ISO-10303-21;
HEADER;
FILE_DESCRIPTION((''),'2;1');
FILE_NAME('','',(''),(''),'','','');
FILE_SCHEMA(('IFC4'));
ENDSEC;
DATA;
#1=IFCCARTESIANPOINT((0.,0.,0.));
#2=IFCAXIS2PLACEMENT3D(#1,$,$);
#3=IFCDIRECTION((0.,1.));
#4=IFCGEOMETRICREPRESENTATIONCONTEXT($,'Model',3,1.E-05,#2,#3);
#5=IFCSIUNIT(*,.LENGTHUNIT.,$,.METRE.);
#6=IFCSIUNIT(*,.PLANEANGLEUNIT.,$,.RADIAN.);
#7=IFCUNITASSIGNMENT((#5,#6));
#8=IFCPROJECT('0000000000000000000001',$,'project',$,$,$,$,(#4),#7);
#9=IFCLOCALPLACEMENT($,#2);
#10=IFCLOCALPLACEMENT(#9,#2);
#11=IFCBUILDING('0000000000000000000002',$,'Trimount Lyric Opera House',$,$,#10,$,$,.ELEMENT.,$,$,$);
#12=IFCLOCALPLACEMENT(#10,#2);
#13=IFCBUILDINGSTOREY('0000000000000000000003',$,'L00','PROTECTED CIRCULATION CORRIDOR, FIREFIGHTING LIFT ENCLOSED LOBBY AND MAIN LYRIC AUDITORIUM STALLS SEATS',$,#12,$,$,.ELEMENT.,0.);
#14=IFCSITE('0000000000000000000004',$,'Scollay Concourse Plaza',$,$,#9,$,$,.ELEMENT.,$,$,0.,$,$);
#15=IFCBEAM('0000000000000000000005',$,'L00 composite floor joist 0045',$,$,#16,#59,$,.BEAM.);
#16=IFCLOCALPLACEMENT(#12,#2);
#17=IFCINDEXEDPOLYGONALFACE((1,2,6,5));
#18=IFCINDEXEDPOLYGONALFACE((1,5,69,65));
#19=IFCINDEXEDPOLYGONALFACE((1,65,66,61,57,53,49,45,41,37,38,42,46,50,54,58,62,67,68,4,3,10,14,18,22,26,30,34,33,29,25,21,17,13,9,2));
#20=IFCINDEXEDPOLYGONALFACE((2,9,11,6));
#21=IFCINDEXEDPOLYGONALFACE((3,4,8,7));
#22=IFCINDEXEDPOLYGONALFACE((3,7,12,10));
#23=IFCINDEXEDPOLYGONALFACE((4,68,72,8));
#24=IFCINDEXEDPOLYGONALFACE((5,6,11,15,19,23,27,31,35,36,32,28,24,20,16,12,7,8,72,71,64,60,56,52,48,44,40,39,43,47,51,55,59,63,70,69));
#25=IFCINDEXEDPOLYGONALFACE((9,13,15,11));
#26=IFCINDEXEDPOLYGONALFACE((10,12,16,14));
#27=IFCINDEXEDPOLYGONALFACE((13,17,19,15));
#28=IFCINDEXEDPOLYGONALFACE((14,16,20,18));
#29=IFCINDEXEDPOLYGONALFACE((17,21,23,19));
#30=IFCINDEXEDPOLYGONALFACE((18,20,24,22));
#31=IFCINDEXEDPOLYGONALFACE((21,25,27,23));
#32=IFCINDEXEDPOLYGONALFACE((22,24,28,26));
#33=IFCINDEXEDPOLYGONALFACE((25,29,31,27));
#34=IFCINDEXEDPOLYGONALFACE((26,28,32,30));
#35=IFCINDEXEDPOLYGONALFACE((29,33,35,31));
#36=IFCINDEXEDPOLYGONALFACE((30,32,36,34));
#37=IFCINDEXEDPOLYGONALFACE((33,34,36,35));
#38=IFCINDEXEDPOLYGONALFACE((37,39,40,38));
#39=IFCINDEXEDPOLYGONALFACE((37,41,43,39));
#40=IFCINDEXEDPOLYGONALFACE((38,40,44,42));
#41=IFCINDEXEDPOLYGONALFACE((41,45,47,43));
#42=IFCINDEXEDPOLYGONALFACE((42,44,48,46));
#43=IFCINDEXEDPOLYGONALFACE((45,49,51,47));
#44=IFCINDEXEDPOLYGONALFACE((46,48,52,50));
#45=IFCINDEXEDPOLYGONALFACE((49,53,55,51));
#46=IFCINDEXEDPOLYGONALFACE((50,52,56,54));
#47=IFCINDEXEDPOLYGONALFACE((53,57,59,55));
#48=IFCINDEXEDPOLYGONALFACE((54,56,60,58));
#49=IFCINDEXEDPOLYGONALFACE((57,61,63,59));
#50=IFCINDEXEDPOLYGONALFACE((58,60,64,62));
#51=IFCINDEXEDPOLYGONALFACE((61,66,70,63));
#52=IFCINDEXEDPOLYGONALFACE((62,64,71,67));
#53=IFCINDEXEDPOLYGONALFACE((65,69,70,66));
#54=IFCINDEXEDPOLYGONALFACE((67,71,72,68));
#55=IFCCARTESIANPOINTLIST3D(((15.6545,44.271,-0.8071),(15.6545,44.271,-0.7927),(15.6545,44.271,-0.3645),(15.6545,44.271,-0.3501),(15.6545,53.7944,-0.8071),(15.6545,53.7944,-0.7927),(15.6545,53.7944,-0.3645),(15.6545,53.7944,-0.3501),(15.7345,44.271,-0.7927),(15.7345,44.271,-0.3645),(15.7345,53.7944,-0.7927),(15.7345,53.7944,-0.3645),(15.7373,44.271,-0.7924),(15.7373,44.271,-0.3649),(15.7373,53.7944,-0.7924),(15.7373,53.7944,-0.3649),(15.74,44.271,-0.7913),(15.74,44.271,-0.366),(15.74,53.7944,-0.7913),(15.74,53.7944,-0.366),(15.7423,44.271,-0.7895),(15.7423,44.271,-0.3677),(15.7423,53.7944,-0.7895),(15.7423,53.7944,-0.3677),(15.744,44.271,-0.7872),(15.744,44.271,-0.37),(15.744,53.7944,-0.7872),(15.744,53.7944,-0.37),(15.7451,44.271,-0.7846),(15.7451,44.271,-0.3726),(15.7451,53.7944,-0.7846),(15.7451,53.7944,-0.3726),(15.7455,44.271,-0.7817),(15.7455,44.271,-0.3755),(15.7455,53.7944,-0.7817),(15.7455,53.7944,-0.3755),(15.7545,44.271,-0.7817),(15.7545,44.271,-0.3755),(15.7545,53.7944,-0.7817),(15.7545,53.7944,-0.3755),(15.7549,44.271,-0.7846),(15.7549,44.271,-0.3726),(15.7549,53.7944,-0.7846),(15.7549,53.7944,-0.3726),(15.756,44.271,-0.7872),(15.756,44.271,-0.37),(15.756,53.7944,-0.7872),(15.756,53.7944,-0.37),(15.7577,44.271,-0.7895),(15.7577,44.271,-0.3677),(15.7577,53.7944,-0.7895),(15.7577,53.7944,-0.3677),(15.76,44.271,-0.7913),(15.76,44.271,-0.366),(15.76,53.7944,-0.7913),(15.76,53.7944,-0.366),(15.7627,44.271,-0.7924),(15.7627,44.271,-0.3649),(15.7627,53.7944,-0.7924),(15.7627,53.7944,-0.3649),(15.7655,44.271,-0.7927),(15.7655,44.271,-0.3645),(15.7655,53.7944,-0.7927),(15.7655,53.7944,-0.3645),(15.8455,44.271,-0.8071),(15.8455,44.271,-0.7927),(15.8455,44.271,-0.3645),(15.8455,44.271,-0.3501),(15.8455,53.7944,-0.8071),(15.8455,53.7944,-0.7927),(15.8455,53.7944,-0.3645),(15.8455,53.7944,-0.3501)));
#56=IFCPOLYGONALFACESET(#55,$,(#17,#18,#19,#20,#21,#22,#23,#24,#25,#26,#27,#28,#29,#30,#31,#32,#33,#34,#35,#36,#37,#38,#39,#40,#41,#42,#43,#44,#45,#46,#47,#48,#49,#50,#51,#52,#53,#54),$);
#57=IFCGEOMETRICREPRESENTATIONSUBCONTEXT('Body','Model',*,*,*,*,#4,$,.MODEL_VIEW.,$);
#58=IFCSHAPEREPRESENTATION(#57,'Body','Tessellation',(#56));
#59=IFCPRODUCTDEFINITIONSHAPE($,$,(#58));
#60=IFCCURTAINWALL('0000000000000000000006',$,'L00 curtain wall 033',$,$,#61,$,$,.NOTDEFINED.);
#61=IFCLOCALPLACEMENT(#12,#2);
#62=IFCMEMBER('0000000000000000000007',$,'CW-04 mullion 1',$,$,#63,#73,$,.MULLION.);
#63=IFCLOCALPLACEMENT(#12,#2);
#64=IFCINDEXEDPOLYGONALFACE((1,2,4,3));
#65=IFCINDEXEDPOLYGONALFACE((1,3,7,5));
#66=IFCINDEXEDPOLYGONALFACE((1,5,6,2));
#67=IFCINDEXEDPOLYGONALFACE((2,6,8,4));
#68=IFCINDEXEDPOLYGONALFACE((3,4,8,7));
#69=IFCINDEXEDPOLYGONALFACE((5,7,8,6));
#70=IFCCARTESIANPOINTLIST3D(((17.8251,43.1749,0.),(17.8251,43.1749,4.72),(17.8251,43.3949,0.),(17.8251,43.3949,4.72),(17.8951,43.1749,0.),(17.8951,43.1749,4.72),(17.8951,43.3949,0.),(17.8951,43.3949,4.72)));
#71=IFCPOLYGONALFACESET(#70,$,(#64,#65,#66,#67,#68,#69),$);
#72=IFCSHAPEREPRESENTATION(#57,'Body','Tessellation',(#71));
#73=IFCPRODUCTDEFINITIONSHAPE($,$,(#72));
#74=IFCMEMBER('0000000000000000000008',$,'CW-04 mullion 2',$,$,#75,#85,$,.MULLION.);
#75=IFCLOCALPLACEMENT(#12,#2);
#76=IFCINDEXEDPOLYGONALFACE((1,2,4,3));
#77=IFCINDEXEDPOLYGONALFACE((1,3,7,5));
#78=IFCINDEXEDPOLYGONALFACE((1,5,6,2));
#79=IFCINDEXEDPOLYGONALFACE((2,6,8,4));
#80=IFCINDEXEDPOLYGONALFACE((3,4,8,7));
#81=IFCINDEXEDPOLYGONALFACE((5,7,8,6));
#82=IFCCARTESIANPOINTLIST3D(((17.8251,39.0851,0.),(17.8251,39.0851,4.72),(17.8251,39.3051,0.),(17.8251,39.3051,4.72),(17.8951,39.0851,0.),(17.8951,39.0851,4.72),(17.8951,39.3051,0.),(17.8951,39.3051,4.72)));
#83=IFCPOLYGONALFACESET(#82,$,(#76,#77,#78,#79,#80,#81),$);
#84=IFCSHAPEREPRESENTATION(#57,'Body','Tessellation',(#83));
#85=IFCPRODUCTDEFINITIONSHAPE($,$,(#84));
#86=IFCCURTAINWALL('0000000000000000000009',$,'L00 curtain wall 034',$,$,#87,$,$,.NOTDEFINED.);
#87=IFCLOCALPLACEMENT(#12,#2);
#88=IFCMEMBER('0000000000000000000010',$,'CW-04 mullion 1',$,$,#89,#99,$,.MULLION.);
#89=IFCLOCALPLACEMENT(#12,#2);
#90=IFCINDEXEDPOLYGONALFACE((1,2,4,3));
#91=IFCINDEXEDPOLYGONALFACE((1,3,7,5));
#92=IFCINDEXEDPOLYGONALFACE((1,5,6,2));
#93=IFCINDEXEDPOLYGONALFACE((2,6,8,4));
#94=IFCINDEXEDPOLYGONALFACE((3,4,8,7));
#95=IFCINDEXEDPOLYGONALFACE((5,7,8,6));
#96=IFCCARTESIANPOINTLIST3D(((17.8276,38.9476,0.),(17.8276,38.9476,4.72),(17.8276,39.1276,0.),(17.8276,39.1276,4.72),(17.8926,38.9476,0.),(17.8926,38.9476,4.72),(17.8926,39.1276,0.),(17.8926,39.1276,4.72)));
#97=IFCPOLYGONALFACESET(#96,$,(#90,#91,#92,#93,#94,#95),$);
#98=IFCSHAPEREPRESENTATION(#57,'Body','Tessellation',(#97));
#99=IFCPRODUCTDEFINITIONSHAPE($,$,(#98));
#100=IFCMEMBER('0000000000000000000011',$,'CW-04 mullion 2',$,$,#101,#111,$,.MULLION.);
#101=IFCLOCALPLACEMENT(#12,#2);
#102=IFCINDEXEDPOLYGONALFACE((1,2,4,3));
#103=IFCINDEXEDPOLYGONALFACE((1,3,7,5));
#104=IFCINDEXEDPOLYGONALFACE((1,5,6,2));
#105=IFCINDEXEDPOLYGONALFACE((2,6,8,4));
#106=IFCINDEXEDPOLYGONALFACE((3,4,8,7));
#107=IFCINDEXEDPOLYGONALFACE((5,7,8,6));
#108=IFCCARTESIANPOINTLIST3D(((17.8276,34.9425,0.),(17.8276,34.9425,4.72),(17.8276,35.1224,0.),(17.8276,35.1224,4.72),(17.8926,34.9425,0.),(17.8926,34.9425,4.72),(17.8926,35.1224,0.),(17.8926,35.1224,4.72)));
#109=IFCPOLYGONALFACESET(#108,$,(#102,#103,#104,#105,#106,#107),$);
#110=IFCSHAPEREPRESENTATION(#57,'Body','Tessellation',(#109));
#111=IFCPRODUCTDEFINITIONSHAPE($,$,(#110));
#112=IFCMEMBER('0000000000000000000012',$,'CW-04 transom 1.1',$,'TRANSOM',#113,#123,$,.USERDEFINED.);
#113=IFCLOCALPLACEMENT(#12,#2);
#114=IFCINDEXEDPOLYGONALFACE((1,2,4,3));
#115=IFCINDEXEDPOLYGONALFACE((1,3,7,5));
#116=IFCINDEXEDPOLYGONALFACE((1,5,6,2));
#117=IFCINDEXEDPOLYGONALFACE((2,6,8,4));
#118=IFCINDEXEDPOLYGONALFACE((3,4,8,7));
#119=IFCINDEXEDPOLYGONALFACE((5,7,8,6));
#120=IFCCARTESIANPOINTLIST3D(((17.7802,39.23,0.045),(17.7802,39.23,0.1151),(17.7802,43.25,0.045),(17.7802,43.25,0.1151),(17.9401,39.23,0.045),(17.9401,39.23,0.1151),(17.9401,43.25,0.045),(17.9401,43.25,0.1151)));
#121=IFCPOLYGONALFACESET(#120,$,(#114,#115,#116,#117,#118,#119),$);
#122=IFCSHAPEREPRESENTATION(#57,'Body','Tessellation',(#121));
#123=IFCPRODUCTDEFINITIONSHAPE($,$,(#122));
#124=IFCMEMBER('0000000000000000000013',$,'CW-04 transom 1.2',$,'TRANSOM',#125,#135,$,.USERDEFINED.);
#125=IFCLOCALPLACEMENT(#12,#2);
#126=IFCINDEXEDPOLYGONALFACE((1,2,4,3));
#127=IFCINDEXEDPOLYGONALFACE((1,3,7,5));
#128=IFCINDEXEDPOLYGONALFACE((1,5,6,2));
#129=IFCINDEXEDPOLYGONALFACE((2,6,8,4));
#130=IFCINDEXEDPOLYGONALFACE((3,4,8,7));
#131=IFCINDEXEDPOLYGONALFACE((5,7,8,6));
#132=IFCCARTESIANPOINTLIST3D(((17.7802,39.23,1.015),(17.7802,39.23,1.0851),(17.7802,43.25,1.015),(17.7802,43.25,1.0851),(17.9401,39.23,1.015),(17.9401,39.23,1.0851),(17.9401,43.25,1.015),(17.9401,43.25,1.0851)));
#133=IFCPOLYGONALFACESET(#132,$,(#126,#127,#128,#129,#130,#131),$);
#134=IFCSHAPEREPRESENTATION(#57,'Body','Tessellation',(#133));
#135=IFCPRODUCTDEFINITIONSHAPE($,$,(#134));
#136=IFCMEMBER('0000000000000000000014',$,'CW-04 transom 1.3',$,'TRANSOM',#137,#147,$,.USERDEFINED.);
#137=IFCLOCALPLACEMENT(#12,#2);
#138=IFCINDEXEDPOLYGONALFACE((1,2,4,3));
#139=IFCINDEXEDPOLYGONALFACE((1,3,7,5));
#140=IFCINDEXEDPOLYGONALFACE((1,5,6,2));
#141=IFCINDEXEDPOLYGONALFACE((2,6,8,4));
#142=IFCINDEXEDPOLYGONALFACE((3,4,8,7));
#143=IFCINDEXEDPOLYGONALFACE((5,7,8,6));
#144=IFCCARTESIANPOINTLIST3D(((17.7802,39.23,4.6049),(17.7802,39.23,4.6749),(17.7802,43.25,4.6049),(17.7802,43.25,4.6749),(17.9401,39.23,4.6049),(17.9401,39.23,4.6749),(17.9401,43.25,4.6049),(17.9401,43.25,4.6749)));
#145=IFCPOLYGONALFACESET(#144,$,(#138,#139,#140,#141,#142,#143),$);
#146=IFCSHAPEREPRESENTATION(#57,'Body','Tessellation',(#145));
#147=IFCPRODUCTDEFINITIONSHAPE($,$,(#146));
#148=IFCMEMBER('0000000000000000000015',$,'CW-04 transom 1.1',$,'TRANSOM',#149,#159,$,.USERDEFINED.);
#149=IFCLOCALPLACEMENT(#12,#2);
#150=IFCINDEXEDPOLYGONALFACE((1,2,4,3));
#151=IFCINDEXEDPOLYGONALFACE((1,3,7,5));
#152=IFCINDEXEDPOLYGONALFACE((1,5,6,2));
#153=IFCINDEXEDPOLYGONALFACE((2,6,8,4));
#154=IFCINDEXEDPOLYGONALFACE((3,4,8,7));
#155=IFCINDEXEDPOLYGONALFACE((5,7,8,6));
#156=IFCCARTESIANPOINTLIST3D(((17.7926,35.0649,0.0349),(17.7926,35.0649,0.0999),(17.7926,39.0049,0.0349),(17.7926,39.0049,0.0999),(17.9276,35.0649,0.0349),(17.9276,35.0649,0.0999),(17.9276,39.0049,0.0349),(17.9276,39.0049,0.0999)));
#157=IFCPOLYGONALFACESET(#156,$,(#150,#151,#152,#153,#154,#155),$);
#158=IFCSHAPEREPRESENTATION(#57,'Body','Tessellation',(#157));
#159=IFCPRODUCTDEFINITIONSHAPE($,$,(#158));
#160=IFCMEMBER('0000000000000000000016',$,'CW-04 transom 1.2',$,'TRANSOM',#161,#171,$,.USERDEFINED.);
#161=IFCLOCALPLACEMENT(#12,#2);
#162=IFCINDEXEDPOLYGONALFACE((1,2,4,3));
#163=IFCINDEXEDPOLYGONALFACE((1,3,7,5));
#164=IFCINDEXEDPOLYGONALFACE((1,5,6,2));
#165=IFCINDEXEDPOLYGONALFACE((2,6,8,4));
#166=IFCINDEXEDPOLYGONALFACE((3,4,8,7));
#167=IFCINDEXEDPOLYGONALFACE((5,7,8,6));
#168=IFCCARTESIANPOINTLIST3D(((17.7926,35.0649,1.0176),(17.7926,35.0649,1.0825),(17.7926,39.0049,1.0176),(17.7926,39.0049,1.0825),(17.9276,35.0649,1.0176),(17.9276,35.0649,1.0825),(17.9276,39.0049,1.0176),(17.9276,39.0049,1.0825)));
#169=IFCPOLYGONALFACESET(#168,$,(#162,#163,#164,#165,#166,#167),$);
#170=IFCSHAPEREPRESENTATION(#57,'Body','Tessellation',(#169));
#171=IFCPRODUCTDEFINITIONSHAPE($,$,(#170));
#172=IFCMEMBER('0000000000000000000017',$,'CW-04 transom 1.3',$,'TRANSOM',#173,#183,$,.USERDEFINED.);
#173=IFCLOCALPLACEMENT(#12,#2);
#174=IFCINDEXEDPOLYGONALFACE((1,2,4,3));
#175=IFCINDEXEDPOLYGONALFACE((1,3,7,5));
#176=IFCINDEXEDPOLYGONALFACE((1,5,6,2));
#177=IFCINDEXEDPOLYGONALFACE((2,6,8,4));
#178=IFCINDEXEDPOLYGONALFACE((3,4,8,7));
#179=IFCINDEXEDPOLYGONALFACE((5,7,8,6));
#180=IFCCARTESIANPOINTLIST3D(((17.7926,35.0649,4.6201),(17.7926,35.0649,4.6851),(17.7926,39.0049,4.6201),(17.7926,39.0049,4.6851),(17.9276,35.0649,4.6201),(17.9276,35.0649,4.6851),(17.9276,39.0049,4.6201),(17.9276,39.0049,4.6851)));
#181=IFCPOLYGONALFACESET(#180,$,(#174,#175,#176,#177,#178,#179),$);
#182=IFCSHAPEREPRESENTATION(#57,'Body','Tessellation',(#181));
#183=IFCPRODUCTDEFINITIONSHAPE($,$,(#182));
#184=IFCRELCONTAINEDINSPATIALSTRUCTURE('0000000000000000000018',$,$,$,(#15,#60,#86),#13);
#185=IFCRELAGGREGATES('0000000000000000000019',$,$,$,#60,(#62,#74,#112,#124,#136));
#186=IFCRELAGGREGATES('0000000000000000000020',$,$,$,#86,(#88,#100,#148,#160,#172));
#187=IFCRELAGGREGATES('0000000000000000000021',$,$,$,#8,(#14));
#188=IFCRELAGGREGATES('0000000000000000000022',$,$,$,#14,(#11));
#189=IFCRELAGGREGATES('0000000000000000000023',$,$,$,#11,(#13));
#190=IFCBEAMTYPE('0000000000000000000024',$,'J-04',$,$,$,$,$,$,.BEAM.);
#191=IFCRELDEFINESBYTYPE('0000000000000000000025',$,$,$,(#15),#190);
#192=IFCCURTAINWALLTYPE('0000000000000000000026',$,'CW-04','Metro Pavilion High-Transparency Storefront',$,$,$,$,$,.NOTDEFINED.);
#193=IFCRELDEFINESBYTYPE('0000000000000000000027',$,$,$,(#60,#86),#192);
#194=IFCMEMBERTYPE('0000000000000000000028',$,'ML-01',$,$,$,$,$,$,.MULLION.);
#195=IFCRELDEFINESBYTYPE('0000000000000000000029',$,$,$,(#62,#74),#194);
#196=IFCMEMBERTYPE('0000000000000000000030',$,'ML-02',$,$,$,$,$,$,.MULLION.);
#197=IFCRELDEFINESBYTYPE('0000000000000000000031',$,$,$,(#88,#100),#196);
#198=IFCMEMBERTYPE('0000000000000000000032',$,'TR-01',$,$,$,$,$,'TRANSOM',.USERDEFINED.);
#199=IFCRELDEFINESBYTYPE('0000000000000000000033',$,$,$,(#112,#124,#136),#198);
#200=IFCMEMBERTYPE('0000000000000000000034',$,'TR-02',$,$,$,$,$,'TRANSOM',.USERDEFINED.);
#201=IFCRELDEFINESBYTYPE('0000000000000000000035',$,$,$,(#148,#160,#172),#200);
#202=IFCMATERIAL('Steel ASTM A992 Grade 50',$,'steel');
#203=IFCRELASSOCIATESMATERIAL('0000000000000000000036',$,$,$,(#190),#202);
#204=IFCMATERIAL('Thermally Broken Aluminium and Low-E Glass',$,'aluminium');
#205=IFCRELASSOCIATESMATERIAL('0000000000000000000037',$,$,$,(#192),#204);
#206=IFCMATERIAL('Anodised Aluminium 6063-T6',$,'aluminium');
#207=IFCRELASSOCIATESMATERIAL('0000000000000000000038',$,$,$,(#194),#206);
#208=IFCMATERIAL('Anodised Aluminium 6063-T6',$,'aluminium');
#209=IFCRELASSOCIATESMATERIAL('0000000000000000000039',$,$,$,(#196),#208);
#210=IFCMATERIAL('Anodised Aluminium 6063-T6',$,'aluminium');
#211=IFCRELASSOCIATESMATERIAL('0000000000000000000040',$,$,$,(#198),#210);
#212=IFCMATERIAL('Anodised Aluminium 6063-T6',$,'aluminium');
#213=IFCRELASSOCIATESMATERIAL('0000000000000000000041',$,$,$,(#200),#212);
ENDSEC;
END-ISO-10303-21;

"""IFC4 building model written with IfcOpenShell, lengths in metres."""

from ifc_helpers import new_model, si_unit, direction, frame, origin, origin_2d, place, context, subcontext, project, spatial, rectangle, i_section, extrude, material, material_profile, profile_set, type_object, element, aggregate, save


model = new_model("IFC4")

# Units and contexts
model_context = context("Model", 3, precision=1e-05, world=origin(), true_north=direction((0.0, 1.0)))
body_context = subcontext(model_context, "Body", "Model", "MODEL_VIEW")
ifc_project = project(units=[si_unit("LENGTHUNIT", "METRE"), si_unit("PLANEANGLEUNIT", "RADIAN")], contexts=[model_context])

# Site, building, storey
site_placement = place(None, origin())
site = spatial("IfcSite", under=ifc_project, at=site_placement, Name="Scollay Concourse Plaza", CompositionType="ELEMENT", RefElevation=0.0)
building_placement = place(site_placement, origin())
building = spatial("IfcBuilding", under=site, at=building_placement, Name="Trimount Lyric Opera House", CompositionType="ELEMENT")
storey_placement = place(building_placement, origin())
storey = spatial("IfcBuildingStorey", under=building, at=storey_placement, Name="L00", Description="PROTECTED CIRCULATION CORRIDOR, FIREFIGHTING LIFT ENCLOSED LOBBY AND MAIN LYRIC AUDITORIUM STALLS SEATS", CompositionType="ELEMENT", Elevation=0.0)

# Beam
ifc_material_1 = material(Name="Steel ASTM A992 Grade 50", Category="steel")
ifc_material_profile_1 = material_profile(ifc_material_1, i_section(OverallWidth=0.1909, OverallDepth=0.457, WebThickness=0.009, FlangeThickness=0.0144, FilletRadius=0.011, at=origin_2d()), Name="W18X50")
ifc_profile_set_1 = profile_set([ifc_material_profile_1], Name="Steel ASTM A992 Grade 50")
beam_type_1 = type_object("IfcBeamType", Name="J-04", PredefinedType="BEAM", material=ifc_profile_set_1)
beam_1_placement = place(storey_placement, frame((15.75, 44.271, -0.5786), z_axis=(0.0, 1.0, 0.0), x_axis=(-1.0, 0.0, 0.0)))
element("IfcBeam", 1, at=beam_1_placement, inside=storey, type_object=beam_type_1, Name="L00 composite floor joist 0045", PredefinedType="BEAM", context=body_context, shape_type="SweptSolid", body=[
    extrude(i_section(OverallWidth=0.1909, OverallDepth=0.457, WebThickness=0.009, FlangeThickness=0.0144, FilletRadius=0.011, at=origin_2d()), origin(), (0.0, 0.0, 1.0), 9.5234),
])

# Curtain walls, members
ifc_material_2 = material(Name="Thermally Broken Aluminium and Low-E Glass", Category="aluminium")
curtain_wall_type = type_object("IfcCurtainWallType", Name="CW-04", Description="Metro Pavilion High-Transparency Storefront", PredefinedType="NOTDEFINED", material=ifc_material_2)
curtain_wall_1_placement = place(storey_placement, origin())
curtain_wall_1 = element("IfcCurtainWall", 2, at=curtain_wall_1_placement, inside=storey, type_object=curtain_wall_type, Name="L00 curtain wall 033", PredefinedType="NOTDEFINED")
ifc_material_3 = material(Name="Anodised Aluminium 6063-T6", Category="aluminium")
ifc_material_profile_2 = material_profile(ifc_material_3, rectangle(XDim=0.0701, YDim=0.22, at=origin_2d()), Name="ALU-MULL-70X220")
ifc_profile_set_2 = profile_set([ifc_material_profile_2], Name="Anodised Aluminium 6063-T6")
member_type_1 = type_object("IfcMemberType", Name="ML-01", PredefinedType="MULLION", material=ifc_profile_set_2)
member_1_placement = place(storey_placement, frame((17.8601, 43.2849, 0.0), z_axis=(0.0, 0.0, 1.0), x_axis=(1.0, 0.0, 0.0)))
member_1 = element("IfcMember", 3, at=member_1_placement, type_object=member_type_1, Name="CW-04 mullion 1", PredefinedType="MULLION", context=body_context, shape_type="SweptSolid", body=[
    extrude(rectangle(XDim=0.0701, YDim=0.22, at=origin_2d()), origin(), (0.0, 0.0, 1.0), 4.72),
])
member_2_placement = place(storey_placement, frame((17.8601, 39.1951, 0.0), z_axis=(0.0, 0.0, 1.0), x_axis=(1.0, 0.0, 0.0)))
member_2 = element("IfcMember", 4, at=member_2_placement, type_object=member_type_1, Name="CW-04 mullion 2", PredefinedType="MULLION", context=body_context, shape_type="SweptSolid", body=[
    extrude(rectangle(XDim=0.0701, YDim=0.22, at=origin_2d()), origin(), (0.0, 0.0, 1.0), 4.72),
])
curtain_wall_2_placement = place(storey_placement, origin())
curtain_wall_2 = element("IfcCurtainWall", 5, at=curtain_wall_2_placement, inside=storey, type_object=curtain_wall_type, Name="L00 curtain wall 034", PredefinedType="NOTDEFINED")
ifc_material_4 = material(Name="Anodised Aluminium 6063-T6", Category="aluminium")
ifc_material_profile_3 = material_profile(ifc_material_4, rectangle(XDim=0.0649, YDim=0.1799, at=origin_2d()), Name="ALU-MULL-65X180")
ifc_profile_set_3 = profile_set([ifc_material_profile_3], Name="Anodised Aluminium 6063-T6")
member_type_2 = type_object("IfcMemberType", Name="ML-02", PredefinedType="MULLION", material=ifc_profile_set_3)
member_3_placement = place(storey_placement, frame((17.8601, 39.0376, 0.0), z_axis=(0.0, 0.0, 1.0), x_axis=(1.0, 0.0, 0.0)))
member_3 = element("IfcMember", 6, at=member_3_placement, type_object=member_type_2, Name="CW-04 mullion 1", PredefinedType="MULLION", context=body_context, shape_type="SweptSolid", body=[
    extrude(rectangle(XDim=0.0649, YDim=0.1799, at=origin_2d()), origin(), (0.0, 0.0, 1.0), 4.72),
])
member_4_placement = place(storey_placement, frame((17.8601, 35.0325, 0.0), z_axis=(0.0, 0.0, 1.0), x_axis=(1.0, 0.0, 0.0)))
member_4 = element("IfcMember", 7, at=member_4_placement, type_object=member_type_2, Name="CW-04 mullion 2", PredefinedType="MULLION", context=body_context, shape_type="SweptSolid", body=[
    extrude(rectangle(XDim=0.0649, YDim=0.1799, at=origin_2d()), origin(), (0.0, 0.0, 1.0), 4.72),
])

# Members
ifc_material_5 = material(Name="Anodised Aluminium 6063-T6", Category="aluminium")
ifc_material_profile_4 = material_profile(ifc_material_5, rectangle(XDim=0.1599, YDim=0.0701, at=origin_2d()), Name="ALU-TRAN-70X160")
ifc_profile_set_4 = profile_set([ifc_material_profile_4], Name="Anodised Aluminium 6063-T6")
member_type_3 = type_object("IfcMemberType", Name="TR-01", ElementType="TRANSOM", PredefinedType="USERDEFINED", material=ifc_profile_set_4)
member_5_placement = place(storey_placement, frame((17.8601, 43.25, 0.0801), z_axis=(0.0, -1.0, 0.0), x_axis=(1.0, 0.0, 0.0)))
member_5 = element("IfcMember", 8, at=member_5_placement, type_object=member_type_3, Name="CW-04 transom 1.1", ObjectType="TRANSOM", PredefinedType="USERDEFINED", context=body_context, shape_type="SweptSolid", body=[
    extrude(rectangle(XDim=0.1599, YDim=0.0701, at=origin_2d()), origin(), (0.0, 0.0, 1.0), 4.02),
])
member_6_placement = place(storey_placement, frame((17.8601, 43.25, 1.05), z_axis=(0.0, -1.0, 0.0), x_axis=(1.0, 0.0, 0.0)))
member_6 = element("IfcMember", 9, at=member_6_placement, type_object=member_type_3, Name="CW-04 transom 1.2", ObjectType="TRANSOM", PredefinedType="USERDEFINED", context=body_context, shape_type="SweptSolid", body=[
    extrude(rectangle(XDim=0.1599, YDim=0.0701, at=origin_2d()), origin(), (0.0, 0.0, 1.0), 4.02),
])
member_7_placement = place(storey_placement, frame((17.8601, 43.25, 4.6399), z_axis=(0.0, -1.0, 0.0), x_axis=(1.0, 0.0, 0.0)))
member_7 = element("IfcMember", 10, at=member_7_placement, type_object=member_type_3, Name="CW-04 transom 1.3", ObjectType="TRANSOM", PredefinedType="USERDEFINED", context=body_context, shape_type="SweptSolid", body=[
    extrude(rectangle(XDim=0.1599, YDim=0.0701, at=origin_2d()), origin(), (0.0, 0.0, 1.0), 4.02),
])
ifc_material_6 = material(Name="Anodised Aluminium 6063-T6", Category="aluminium")
ifc_material_profile_5 = material_profile(ifc_material_6, rectangle(XDim=0.135, YDim=0.0649, at=origin_2d()), Name="ALU-TRAN-65X135")
ifc_profile_set_5 = profile_set([ifc_material_profile_5], Name="Anodised Aluminium 6063-T6")
member_type_4 = type_object("IfcMemberType", Name="TR-02", ElementType="TRANSOM", PredefinedType="USERDEFINED", material=ifc_profile_set_5)
member_8_placement = place(storey_placement, frame((17.8601, 39.0049, 0.0674), z_axis=(0.0, -1.0, 0.0), x_axis=(1.0, 0.0, 0.0)))
member_8 = element("IfcMember", 11, at=member_8_placement, type_object=member_type_4, Name="CW-04 transom 1.1", ObjectType="TRANSOM", PredefinedType="USERDEFINED", context=body_context, shape_type="SweptSolid", body=[
    extrude(rectangle(XDim=0.135, YDim=0.0649, at=origin_2d()), origin(), (0.0, 0.0, 1.0), 3.9399),
])
member_9_placement = place(storey_placement, frame((17.8601, 39.0049, 1.05), z_axis=(0.0, -1.0, 0.0), x_axis=(1.0, 0.0, 0.0)))
member_9 = element("IfcMember", 12, at=member_9_placement, type_object=member_type_4, Name="CW-04 transom 1.2", ObjectType="TRANSOM", PredefinedType="USERDEFINED", context=body_context, shape_type="SweptSolid", body=[
    extrude(rectangle(XDim=0.135, YDim=0.0649, at=origin_2d()), origin(), (0.0, 0.0, 1.0), 3.9399),
])
member_10_placement = place(storey_placement, frame((17.8601, 39.0049, 4.6526), z_axis=(0.0, -1.0, 0.0), x_axis=(1.0, 0.0, 0.0)))
member_10 = element("IfcMember", 13, at=member_10_placement, type_object=member_type_4, Name="CW-04 transom 1.3", ObjectType="TRANSOM", PredefinedType="USERDEFINED", context=body_context, shape_type="SweptSolid", body=[
    extrude(rectangle(XDim=0.135, YDim=0.0649, at=origin_2d()), origin(), (0.0, 0.0, 1.0), 3.9399),
])

aggregate(curtain_wall_1, [member_1, member_2, member_5, member_6, member_7])
aggregate(curtain_wall_2, [member_3, member_4, member_8, member_9, member_10])

save(model, "model.ifc")
